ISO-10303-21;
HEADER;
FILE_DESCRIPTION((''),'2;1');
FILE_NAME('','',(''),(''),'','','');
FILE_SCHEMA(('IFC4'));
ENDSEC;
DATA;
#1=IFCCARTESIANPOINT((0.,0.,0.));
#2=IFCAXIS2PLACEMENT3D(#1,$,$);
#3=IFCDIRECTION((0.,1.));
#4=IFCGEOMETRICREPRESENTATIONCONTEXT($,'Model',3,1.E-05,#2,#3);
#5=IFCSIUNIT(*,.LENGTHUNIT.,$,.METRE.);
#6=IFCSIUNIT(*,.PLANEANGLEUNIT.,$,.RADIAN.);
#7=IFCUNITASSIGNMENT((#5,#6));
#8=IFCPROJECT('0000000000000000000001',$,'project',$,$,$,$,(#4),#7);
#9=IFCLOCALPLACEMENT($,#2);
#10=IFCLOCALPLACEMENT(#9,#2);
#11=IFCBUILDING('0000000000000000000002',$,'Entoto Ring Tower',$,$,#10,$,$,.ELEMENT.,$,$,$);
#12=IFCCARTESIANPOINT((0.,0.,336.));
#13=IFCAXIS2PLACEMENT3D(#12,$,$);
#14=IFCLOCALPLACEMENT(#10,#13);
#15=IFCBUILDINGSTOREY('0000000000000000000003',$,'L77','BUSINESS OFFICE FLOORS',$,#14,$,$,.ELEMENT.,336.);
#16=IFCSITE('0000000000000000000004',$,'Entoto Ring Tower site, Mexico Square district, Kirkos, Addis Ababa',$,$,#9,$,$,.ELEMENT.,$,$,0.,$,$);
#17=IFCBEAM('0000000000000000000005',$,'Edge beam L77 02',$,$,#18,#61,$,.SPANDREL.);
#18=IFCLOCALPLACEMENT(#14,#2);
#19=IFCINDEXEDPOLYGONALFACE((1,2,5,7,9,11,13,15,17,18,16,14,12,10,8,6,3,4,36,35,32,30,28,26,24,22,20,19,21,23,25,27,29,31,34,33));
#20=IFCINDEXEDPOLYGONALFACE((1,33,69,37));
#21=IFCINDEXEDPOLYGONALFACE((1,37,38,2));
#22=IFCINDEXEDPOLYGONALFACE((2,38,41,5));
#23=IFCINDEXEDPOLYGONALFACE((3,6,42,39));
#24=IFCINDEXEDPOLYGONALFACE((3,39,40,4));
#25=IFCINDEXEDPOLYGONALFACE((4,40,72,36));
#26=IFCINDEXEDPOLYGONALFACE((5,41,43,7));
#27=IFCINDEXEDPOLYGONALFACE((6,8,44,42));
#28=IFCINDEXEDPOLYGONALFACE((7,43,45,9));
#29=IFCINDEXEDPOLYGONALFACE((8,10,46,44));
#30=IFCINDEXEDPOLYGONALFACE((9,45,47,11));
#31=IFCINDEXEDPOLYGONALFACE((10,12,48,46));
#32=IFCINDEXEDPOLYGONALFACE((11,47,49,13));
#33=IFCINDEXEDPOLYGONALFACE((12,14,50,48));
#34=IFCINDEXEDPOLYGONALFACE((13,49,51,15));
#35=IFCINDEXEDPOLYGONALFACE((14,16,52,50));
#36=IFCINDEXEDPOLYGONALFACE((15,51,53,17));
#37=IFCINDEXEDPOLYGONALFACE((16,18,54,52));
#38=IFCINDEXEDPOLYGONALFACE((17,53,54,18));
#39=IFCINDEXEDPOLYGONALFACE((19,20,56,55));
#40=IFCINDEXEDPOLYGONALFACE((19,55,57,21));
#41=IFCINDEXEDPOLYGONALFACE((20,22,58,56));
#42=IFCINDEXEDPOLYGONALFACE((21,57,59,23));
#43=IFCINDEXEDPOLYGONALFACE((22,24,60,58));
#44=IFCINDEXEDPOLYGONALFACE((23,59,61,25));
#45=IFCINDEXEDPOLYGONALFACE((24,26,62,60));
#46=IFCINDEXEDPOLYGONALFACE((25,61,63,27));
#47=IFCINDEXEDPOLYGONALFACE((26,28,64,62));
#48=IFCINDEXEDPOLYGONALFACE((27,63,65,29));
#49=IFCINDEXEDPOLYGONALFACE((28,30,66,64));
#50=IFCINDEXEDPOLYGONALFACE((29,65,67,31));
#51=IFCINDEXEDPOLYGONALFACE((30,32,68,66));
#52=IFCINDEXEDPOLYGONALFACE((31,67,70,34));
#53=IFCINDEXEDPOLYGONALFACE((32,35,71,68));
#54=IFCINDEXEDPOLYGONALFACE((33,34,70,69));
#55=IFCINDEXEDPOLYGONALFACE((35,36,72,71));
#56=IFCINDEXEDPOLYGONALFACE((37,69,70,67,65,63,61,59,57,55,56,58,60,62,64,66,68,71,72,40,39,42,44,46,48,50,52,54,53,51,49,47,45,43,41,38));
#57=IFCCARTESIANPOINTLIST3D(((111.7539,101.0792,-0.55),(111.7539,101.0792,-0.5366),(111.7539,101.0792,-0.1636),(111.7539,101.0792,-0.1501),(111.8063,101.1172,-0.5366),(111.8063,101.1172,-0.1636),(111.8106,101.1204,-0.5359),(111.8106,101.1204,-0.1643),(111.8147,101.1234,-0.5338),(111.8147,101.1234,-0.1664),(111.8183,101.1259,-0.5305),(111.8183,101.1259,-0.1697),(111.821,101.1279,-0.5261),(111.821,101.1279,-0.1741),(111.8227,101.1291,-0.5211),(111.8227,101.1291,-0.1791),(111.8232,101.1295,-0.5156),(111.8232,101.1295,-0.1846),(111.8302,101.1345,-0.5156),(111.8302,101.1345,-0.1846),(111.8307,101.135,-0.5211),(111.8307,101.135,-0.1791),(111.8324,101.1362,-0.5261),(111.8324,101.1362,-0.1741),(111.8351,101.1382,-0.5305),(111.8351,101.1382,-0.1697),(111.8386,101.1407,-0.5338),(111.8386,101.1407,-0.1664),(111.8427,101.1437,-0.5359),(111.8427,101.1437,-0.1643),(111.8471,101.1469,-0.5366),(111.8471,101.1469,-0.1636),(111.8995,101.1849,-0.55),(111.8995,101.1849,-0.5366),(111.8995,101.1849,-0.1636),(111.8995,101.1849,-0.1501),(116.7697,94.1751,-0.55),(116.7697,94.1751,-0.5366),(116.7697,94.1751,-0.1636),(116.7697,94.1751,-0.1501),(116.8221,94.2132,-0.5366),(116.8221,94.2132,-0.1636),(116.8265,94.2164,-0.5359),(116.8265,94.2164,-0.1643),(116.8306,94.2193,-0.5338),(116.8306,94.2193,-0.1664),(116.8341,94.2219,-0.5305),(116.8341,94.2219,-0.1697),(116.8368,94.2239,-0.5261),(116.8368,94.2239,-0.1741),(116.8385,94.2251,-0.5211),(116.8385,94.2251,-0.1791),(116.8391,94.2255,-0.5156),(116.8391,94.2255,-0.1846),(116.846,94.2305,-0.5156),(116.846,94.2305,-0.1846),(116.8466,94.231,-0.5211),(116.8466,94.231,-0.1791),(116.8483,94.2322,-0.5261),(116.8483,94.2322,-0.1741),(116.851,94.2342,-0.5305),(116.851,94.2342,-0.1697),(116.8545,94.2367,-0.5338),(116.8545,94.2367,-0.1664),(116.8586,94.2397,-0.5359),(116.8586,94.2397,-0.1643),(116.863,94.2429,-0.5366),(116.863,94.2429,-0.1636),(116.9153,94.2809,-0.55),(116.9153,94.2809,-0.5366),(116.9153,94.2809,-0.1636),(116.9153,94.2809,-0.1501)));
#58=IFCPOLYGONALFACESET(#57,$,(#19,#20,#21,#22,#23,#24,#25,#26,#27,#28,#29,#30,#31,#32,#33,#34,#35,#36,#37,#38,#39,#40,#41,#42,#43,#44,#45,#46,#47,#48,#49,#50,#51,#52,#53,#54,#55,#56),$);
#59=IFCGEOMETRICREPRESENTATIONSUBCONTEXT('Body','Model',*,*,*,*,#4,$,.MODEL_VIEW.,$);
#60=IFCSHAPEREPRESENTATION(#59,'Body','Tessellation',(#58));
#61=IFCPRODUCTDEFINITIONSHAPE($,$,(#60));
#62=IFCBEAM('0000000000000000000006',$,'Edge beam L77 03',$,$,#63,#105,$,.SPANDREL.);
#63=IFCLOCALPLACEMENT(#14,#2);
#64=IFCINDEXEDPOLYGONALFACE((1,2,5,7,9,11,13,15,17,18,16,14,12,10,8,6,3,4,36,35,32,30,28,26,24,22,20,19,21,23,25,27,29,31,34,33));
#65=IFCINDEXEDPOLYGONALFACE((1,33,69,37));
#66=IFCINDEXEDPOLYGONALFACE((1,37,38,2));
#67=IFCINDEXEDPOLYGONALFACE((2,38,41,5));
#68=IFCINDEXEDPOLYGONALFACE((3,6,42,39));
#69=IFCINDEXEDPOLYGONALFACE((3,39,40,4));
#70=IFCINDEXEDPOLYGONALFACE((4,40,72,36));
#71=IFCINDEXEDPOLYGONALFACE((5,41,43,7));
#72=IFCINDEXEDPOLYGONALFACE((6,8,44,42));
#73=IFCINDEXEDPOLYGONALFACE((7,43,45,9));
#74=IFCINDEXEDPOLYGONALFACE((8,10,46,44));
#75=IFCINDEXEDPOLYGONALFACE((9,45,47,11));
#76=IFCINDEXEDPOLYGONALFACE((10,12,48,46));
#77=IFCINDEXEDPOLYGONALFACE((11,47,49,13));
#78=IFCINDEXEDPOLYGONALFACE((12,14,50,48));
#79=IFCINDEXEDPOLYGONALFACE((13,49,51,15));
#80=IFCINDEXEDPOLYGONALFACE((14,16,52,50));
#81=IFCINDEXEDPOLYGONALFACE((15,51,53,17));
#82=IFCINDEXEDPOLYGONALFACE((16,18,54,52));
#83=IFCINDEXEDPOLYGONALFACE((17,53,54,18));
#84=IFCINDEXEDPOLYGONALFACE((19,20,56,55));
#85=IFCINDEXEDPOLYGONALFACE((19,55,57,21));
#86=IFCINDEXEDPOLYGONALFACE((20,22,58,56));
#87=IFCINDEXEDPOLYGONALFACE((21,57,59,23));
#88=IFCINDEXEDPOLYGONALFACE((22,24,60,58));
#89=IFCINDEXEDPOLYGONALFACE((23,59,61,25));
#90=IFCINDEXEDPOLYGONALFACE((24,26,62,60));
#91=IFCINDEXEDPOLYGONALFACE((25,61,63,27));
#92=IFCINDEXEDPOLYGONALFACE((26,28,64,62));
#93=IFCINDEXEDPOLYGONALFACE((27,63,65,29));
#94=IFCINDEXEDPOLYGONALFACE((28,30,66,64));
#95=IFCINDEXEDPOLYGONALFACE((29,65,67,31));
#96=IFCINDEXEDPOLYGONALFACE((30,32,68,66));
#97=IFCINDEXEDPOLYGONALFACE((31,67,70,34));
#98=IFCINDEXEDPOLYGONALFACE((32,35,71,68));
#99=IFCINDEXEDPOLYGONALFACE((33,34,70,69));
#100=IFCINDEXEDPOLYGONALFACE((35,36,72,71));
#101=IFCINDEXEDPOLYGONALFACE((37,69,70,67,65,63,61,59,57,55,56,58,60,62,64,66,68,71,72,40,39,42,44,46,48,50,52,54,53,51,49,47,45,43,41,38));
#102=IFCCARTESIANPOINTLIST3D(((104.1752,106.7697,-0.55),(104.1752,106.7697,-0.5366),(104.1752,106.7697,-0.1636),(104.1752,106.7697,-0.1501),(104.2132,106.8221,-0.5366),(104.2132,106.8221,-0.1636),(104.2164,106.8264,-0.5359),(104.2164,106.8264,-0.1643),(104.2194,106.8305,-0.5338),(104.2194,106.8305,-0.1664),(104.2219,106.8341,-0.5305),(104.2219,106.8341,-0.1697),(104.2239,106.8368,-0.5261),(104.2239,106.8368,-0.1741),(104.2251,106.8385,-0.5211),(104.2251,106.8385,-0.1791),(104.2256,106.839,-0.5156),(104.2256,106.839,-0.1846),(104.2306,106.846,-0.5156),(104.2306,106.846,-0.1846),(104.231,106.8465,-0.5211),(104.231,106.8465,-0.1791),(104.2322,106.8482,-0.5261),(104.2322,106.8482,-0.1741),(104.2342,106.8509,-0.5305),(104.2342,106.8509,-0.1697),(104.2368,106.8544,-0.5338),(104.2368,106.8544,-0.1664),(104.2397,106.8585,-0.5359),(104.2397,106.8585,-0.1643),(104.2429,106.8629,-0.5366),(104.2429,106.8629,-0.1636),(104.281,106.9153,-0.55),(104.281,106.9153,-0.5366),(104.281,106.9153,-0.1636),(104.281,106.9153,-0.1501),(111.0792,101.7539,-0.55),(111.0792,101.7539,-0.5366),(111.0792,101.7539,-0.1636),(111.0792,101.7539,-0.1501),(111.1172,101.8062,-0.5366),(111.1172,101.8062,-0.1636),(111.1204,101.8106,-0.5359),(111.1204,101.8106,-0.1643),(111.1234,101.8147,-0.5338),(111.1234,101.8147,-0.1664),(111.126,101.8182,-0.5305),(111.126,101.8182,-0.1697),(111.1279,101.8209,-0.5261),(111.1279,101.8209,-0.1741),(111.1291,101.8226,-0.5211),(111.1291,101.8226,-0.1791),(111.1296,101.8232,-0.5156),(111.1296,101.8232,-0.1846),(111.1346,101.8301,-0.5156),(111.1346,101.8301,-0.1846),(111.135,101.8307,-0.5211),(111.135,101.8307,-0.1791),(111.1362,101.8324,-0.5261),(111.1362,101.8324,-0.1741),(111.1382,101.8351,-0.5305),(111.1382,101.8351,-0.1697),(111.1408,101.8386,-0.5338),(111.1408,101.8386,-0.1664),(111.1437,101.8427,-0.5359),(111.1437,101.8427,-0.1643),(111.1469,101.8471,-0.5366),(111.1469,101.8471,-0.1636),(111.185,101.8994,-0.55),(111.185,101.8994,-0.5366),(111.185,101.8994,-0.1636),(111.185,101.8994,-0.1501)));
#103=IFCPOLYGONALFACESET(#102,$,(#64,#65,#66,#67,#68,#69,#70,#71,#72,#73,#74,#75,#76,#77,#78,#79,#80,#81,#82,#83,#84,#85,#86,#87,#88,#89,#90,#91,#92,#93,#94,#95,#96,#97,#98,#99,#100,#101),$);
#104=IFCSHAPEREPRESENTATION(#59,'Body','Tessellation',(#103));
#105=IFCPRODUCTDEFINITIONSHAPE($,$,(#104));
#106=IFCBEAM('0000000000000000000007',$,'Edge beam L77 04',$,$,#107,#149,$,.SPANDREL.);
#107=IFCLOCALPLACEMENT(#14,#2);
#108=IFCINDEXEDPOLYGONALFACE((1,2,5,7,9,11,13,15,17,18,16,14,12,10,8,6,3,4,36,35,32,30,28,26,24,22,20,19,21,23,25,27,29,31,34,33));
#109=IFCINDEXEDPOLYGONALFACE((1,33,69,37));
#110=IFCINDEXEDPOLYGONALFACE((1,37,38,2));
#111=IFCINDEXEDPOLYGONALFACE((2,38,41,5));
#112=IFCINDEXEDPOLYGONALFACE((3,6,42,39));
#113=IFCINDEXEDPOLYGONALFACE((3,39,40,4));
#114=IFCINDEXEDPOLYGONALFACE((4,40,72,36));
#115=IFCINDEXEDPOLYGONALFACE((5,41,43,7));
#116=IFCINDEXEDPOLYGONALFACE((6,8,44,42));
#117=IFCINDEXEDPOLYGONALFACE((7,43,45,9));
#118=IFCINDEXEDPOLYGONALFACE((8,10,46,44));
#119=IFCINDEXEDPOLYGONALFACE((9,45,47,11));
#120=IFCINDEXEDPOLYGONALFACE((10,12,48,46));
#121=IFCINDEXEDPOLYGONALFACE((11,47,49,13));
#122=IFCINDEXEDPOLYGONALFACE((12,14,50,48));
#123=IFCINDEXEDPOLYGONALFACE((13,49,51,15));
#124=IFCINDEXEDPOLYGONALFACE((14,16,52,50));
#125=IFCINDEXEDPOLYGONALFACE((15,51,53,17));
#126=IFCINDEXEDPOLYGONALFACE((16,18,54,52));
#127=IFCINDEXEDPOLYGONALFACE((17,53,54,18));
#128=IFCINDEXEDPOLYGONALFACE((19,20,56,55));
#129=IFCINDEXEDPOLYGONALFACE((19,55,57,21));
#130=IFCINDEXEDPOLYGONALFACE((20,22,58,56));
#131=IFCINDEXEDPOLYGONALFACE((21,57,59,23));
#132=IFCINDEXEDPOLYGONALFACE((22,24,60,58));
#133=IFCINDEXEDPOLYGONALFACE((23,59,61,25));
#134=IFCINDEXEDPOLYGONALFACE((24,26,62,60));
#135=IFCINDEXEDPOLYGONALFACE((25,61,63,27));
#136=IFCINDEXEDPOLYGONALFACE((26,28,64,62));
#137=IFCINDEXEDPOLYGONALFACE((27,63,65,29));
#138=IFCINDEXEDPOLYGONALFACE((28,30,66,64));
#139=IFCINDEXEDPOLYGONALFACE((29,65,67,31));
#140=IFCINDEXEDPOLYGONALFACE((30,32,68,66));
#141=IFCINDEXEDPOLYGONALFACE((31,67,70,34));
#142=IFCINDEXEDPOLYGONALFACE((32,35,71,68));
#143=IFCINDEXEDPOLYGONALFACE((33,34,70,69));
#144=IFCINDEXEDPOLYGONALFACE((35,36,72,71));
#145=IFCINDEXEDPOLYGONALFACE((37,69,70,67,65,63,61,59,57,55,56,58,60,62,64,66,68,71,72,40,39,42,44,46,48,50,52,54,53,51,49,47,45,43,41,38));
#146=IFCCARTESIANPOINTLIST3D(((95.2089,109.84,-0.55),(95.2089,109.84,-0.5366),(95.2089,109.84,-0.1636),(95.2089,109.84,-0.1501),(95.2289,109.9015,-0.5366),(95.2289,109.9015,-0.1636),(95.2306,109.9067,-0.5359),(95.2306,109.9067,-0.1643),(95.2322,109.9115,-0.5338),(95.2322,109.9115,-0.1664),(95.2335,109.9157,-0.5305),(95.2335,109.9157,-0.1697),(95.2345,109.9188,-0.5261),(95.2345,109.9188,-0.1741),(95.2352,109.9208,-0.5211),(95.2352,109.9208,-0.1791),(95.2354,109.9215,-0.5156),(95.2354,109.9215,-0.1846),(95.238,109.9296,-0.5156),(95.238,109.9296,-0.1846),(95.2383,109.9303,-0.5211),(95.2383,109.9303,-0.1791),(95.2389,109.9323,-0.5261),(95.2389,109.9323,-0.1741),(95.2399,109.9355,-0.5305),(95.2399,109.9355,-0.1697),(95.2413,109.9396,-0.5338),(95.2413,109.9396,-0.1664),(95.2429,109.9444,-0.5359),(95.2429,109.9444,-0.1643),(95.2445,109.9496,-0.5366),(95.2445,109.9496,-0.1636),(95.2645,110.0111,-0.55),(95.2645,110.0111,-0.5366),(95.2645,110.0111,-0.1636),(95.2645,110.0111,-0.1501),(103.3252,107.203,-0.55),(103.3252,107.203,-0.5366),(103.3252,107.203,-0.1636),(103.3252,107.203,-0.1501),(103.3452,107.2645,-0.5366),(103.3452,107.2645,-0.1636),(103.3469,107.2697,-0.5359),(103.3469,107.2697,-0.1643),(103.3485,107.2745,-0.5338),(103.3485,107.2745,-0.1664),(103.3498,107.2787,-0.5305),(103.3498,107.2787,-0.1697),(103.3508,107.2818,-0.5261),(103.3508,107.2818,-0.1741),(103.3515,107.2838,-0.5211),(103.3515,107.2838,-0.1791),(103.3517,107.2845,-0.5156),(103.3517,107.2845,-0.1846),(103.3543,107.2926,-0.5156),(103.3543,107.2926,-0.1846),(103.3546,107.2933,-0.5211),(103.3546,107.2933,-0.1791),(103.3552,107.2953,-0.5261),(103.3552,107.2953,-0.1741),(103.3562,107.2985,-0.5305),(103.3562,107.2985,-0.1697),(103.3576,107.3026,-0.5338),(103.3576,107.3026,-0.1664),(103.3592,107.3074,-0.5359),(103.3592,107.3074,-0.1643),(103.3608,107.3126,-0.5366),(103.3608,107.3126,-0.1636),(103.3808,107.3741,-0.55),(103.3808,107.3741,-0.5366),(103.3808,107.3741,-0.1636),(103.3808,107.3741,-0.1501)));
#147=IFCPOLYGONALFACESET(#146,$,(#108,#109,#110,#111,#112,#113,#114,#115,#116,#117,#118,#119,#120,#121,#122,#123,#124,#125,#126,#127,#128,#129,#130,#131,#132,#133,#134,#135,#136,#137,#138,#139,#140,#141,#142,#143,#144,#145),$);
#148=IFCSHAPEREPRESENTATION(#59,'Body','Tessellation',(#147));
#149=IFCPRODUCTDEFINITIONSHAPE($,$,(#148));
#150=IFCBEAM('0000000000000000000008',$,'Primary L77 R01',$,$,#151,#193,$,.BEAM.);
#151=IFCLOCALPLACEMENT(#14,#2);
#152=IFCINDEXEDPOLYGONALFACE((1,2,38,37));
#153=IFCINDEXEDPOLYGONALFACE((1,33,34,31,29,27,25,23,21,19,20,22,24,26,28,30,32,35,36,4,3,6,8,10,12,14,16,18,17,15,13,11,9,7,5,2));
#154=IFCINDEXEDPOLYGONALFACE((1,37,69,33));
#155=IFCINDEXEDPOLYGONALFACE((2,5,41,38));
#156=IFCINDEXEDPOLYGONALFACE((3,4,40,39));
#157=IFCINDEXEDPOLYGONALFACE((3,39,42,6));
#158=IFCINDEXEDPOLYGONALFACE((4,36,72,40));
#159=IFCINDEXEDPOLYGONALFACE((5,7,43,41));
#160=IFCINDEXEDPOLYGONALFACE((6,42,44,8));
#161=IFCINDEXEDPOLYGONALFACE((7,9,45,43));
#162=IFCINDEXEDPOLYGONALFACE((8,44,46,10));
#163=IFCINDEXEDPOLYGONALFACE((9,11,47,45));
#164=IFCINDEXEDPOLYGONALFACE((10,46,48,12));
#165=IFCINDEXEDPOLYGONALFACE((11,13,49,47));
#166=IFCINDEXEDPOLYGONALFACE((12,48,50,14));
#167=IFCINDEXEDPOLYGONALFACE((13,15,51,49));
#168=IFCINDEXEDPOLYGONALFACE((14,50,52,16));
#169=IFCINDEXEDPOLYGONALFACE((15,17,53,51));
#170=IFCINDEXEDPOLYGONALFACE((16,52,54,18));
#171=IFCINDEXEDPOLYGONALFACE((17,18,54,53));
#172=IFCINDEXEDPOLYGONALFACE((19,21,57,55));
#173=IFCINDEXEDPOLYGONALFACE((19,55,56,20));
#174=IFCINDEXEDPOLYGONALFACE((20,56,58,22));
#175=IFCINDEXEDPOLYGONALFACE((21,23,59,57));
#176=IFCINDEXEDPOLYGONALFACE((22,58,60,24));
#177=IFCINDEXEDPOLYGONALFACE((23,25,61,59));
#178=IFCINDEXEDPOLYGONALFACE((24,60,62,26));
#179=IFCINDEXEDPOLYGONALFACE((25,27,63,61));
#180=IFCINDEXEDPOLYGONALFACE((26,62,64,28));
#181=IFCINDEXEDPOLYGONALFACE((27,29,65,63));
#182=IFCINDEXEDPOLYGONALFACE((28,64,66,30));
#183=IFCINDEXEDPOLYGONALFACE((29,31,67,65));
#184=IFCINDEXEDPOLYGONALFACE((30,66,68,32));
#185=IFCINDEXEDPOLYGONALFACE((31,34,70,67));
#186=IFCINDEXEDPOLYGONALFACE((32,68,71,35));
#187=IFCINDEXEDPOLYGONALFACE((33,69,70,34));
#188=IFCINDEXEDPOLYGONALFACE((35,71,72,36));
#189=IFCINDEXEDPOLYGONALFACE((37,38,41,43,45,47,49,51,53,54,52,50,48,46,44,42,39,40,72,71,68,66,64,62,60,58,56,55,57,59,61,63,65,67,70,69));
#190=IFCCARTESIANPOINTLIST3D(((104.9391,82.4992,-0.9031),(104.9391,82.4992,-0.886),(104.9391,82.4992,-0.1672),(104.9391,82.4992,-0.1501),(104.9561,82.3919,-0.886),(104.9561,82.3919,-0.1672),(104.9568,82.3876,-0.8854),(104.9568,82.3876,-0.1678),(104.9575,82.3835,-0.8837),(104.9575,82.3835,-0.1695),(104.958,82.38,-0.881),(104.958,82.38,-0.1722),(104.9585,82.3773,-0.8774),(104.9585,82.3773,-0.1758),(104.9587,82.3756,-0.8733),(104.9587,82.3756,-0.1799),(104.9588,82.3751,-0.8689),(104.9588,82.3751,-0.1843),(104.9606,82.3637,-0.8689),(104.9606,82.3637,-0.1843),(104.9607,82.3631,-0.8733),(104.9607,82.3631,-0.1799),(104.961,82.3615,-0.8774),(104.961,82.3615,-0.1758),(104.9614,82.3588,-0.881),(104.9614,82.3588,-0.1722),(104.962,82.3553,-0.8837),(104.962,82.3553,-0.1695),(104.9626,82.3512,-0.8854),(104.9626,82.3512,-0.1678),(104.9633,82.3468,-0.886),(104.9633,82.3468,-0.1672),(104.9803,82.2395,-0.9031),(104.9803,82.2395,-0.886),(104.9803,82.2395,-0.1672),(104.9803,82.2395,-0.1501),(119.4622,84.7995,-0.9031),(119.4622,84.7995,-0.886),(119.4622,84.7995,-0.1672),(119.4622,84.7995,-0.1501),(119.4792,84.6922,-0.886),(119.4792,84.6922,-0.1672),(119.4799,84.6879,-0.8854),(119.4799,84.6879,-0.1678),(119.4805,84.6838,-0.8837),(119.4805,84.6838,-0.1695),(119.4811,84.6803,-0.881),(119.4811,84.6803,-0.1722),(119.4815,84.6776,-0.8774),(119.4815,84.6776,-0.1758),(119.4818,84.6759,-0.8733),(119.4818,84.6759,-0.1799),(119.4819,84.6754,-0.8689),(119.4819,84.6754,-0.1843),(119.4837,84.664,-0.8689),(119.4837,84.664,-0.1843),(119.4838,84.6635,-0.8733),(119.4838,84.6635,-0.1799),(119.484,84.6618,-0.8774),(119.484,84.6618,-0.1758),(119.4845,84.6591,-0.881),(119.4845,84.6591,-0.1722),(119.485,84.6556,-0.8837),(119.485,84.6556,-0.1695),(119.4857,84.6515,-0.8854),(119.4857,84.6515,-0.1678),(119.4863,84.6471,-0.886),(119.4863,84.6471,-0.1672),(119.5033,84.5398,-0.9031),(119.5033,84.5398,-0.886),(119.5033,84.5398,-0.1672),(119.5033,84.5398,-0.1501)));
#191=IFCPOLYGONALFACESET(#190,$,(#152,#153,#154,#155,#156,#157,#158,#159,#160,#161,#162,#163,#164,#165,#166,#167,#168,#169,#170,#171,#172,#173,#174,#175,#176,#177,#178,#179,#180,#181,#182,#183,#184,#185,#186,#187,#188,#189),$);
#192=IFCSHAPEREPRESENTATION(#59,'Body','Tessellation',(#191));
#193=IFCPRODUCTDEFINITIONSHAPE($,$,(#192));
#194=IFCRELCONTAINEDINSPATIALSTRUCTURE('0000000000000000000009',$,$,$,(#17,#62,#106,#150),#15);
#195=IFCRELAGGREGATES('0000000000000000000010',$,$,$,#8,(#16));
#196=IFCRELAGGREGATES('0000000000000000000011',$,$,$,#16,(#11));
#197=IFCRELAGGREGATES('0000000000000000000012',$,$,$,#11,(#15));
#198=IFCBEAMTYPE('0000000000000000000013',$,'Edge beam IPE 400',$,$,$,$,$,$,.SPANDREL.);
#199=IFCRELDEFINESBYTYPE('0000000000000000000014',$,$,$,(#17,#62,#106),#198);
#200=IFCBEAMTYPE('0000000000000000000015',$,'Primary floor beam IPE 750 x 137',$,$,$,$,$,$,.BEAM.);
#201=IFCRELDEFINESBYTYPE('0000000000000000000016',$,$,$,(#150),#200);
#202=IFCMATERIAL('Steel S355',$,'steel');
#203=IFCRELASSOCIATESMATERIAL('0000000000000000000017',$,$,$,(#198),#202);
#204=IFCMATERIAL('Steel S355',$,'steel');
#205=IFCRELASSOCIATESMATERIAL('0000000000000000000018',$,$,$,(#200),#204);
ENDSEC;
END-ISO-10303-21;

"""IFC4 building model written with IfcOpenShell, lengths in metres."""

from ifc_helpers import new_model, si_unit, direction, frame, origin, origin_2d, place, context, subcontext, project, spatial, i_section, extrude, material, material_profile, profile_set, type_object, element, save


model = new_model("IFC4")

# Units and contexts
model_context = context("Model", 3, precision=1e-05, world=origin(), true_north=direction((0.0, 1.0)))
body_context = subcontext(model_context, "Body", "Model", "MODEL_VIEW")
ifc_project = project(units=[si_unit("LENGTHUNIT", "METRE"), si_unit("PLANEANGLEUNIT", "RADIAN")], contexts=[model_context])

# Site, building, storey
site_placement = place(None, origin())
site = spatial("IfcSite", under=ifc_project, at=site_placement, Name="Entoto Ring Tower site, Mexico Square district, Kirkos, Addis Ababa", CompositionType="ELEMENT", RefElevation=0.0)
building_placement = place(site_placement, origin())
building = spatial("IfcBuilding", under=site, at=building_placement, Name="Entoto Ring Tower", CompositionType="ELEMENT")
storey_placement = place(building_placement, frame((0.0, 0.0, 336.0)))
storey = spatial("IfcBuildingStorey", under=building, at=storey_placement, Name="L77", Description="BUSINESS OFFICE FLOORS", CompositionType="ELEMENT", Elevation=336.0)

# Beams
ifc_material_1 = material(Name="Steel S355", Category="steel")
ifc_material_profile_1 = material_profile(ifc_material_1, i_section(OverallWidth=0.1799, OverallDepth=0.3999, WebThickness=0.0085, FlangeThickness=0.0134, FilletRadius=0.021, at=origin_2d()), Name="IPE 400")
ifc_profile_set_1 = profile_set([ifc_material_profile_1], Name="Steel S355")
beam_type_1 = type_object("IfcBeamType", Name="Edge beam IPE 400", PredefinedType="SPANDREL", material=ifc_profile_set_1)
for number, where, z_axis, x_axis, name in (
    (1, (116.8425, 94.228, -0.3501), (-0.587768, 0.809029, 0.0), (-0.809029, -0.587768, 0.0), "Edge beam L77 02"),
    (2, (111.1321, 101.8267, -0.3501), (-0.809029, 0.587768, 0.0), (-0.587768, -0.809029, 0.0), "Edge beam L77 03"),
):
    element("IfcBeam", number, at=place(storey_placement, frame(where, z_axis=z_axis, x_axis=x_axis)), inside=storey, type_object=beam_type_1, Name=name, PredefinedType="SPANDREL", context=body_context, shape_type="SweptSolid", body=[
        extrude(i_section(OverallWidth=0.1799, OverallDepth=0.3999, WebThickness=0.0085, FlangeThickness=0.0134, FilletRadius=0.021, at=origin_2d()), origin(), (0.0, 0.0, 1.0), 8.5337),
    ])
beam_1_placement = place(storey_placement, frame((103.353, 107.2886, -0.3501), z_axis=(-0.951062, 0.309001, 0.0), x_axis=(-0.309001, -0.951062, 0.0)))
element("IfcBeam", 3, at=beam_1_placement, inside=storey, type_object=beam_type_1, Name="Edge beam L77 04", PredefinedType="SPANDREL", context=body_context, shape_type="SweptSolid", body=[
    extrude(i_section(OverallWidth=0.1799, OverallDepth=0.3999, WebThickness=0.0085, FlangeThickness=0.0134, FilletRadius=0.021, at=origin_2d()), origin(), (0.0, 0.0, 1.0), 8.5339),
])
ifc_material_2 = material(Name="Steel S355", Category="steel")
ifc_material_profile_2 = material_profile(ifc_material_2, i_section(OverallWidth=0.2629, OverallDepth=0.7529, WebThickness=0.0115, FlangeThickness=0.0171, FilletRadius=0.0171, at=origin_2d()), Name="IPE 750 x 137")
ifc_profile_set_2 = profile_set([ifc_material_profile_2], Name="Steel S355")
beam_type_2 = type_object("IfcBeamType", Name="Primary floor beam IPE 750 x 137", PredefinedType="BEAM", material=ifc_profile_set_2)
beam_2_placement = place(storey_placement, frame((104.9597, 82.3694, -0.5266), z_axis=(0.987687, 0.15644, 0.0), x_axis=(-0.15644, 0.987687, 0.0)))
element("IfcBeam", 4, at=beam_2_placement, inside=storey, type_object=beam_type_2, Name="Primary L77 R01", PredefinedType="BEAM", context=body_context, shape_type="SweptSolid", body=[
    extrude(i_section(OverallWidth=0.2629, OverallDepth=0.7529, WebThickness=0.0115, FlangeThickness=0.0171, FilletRadius=0.0171, at=origin_2d()), origin(), (0.0, 0.0, 1.0), 14.7041),
])

save(model, "model.ifc")
